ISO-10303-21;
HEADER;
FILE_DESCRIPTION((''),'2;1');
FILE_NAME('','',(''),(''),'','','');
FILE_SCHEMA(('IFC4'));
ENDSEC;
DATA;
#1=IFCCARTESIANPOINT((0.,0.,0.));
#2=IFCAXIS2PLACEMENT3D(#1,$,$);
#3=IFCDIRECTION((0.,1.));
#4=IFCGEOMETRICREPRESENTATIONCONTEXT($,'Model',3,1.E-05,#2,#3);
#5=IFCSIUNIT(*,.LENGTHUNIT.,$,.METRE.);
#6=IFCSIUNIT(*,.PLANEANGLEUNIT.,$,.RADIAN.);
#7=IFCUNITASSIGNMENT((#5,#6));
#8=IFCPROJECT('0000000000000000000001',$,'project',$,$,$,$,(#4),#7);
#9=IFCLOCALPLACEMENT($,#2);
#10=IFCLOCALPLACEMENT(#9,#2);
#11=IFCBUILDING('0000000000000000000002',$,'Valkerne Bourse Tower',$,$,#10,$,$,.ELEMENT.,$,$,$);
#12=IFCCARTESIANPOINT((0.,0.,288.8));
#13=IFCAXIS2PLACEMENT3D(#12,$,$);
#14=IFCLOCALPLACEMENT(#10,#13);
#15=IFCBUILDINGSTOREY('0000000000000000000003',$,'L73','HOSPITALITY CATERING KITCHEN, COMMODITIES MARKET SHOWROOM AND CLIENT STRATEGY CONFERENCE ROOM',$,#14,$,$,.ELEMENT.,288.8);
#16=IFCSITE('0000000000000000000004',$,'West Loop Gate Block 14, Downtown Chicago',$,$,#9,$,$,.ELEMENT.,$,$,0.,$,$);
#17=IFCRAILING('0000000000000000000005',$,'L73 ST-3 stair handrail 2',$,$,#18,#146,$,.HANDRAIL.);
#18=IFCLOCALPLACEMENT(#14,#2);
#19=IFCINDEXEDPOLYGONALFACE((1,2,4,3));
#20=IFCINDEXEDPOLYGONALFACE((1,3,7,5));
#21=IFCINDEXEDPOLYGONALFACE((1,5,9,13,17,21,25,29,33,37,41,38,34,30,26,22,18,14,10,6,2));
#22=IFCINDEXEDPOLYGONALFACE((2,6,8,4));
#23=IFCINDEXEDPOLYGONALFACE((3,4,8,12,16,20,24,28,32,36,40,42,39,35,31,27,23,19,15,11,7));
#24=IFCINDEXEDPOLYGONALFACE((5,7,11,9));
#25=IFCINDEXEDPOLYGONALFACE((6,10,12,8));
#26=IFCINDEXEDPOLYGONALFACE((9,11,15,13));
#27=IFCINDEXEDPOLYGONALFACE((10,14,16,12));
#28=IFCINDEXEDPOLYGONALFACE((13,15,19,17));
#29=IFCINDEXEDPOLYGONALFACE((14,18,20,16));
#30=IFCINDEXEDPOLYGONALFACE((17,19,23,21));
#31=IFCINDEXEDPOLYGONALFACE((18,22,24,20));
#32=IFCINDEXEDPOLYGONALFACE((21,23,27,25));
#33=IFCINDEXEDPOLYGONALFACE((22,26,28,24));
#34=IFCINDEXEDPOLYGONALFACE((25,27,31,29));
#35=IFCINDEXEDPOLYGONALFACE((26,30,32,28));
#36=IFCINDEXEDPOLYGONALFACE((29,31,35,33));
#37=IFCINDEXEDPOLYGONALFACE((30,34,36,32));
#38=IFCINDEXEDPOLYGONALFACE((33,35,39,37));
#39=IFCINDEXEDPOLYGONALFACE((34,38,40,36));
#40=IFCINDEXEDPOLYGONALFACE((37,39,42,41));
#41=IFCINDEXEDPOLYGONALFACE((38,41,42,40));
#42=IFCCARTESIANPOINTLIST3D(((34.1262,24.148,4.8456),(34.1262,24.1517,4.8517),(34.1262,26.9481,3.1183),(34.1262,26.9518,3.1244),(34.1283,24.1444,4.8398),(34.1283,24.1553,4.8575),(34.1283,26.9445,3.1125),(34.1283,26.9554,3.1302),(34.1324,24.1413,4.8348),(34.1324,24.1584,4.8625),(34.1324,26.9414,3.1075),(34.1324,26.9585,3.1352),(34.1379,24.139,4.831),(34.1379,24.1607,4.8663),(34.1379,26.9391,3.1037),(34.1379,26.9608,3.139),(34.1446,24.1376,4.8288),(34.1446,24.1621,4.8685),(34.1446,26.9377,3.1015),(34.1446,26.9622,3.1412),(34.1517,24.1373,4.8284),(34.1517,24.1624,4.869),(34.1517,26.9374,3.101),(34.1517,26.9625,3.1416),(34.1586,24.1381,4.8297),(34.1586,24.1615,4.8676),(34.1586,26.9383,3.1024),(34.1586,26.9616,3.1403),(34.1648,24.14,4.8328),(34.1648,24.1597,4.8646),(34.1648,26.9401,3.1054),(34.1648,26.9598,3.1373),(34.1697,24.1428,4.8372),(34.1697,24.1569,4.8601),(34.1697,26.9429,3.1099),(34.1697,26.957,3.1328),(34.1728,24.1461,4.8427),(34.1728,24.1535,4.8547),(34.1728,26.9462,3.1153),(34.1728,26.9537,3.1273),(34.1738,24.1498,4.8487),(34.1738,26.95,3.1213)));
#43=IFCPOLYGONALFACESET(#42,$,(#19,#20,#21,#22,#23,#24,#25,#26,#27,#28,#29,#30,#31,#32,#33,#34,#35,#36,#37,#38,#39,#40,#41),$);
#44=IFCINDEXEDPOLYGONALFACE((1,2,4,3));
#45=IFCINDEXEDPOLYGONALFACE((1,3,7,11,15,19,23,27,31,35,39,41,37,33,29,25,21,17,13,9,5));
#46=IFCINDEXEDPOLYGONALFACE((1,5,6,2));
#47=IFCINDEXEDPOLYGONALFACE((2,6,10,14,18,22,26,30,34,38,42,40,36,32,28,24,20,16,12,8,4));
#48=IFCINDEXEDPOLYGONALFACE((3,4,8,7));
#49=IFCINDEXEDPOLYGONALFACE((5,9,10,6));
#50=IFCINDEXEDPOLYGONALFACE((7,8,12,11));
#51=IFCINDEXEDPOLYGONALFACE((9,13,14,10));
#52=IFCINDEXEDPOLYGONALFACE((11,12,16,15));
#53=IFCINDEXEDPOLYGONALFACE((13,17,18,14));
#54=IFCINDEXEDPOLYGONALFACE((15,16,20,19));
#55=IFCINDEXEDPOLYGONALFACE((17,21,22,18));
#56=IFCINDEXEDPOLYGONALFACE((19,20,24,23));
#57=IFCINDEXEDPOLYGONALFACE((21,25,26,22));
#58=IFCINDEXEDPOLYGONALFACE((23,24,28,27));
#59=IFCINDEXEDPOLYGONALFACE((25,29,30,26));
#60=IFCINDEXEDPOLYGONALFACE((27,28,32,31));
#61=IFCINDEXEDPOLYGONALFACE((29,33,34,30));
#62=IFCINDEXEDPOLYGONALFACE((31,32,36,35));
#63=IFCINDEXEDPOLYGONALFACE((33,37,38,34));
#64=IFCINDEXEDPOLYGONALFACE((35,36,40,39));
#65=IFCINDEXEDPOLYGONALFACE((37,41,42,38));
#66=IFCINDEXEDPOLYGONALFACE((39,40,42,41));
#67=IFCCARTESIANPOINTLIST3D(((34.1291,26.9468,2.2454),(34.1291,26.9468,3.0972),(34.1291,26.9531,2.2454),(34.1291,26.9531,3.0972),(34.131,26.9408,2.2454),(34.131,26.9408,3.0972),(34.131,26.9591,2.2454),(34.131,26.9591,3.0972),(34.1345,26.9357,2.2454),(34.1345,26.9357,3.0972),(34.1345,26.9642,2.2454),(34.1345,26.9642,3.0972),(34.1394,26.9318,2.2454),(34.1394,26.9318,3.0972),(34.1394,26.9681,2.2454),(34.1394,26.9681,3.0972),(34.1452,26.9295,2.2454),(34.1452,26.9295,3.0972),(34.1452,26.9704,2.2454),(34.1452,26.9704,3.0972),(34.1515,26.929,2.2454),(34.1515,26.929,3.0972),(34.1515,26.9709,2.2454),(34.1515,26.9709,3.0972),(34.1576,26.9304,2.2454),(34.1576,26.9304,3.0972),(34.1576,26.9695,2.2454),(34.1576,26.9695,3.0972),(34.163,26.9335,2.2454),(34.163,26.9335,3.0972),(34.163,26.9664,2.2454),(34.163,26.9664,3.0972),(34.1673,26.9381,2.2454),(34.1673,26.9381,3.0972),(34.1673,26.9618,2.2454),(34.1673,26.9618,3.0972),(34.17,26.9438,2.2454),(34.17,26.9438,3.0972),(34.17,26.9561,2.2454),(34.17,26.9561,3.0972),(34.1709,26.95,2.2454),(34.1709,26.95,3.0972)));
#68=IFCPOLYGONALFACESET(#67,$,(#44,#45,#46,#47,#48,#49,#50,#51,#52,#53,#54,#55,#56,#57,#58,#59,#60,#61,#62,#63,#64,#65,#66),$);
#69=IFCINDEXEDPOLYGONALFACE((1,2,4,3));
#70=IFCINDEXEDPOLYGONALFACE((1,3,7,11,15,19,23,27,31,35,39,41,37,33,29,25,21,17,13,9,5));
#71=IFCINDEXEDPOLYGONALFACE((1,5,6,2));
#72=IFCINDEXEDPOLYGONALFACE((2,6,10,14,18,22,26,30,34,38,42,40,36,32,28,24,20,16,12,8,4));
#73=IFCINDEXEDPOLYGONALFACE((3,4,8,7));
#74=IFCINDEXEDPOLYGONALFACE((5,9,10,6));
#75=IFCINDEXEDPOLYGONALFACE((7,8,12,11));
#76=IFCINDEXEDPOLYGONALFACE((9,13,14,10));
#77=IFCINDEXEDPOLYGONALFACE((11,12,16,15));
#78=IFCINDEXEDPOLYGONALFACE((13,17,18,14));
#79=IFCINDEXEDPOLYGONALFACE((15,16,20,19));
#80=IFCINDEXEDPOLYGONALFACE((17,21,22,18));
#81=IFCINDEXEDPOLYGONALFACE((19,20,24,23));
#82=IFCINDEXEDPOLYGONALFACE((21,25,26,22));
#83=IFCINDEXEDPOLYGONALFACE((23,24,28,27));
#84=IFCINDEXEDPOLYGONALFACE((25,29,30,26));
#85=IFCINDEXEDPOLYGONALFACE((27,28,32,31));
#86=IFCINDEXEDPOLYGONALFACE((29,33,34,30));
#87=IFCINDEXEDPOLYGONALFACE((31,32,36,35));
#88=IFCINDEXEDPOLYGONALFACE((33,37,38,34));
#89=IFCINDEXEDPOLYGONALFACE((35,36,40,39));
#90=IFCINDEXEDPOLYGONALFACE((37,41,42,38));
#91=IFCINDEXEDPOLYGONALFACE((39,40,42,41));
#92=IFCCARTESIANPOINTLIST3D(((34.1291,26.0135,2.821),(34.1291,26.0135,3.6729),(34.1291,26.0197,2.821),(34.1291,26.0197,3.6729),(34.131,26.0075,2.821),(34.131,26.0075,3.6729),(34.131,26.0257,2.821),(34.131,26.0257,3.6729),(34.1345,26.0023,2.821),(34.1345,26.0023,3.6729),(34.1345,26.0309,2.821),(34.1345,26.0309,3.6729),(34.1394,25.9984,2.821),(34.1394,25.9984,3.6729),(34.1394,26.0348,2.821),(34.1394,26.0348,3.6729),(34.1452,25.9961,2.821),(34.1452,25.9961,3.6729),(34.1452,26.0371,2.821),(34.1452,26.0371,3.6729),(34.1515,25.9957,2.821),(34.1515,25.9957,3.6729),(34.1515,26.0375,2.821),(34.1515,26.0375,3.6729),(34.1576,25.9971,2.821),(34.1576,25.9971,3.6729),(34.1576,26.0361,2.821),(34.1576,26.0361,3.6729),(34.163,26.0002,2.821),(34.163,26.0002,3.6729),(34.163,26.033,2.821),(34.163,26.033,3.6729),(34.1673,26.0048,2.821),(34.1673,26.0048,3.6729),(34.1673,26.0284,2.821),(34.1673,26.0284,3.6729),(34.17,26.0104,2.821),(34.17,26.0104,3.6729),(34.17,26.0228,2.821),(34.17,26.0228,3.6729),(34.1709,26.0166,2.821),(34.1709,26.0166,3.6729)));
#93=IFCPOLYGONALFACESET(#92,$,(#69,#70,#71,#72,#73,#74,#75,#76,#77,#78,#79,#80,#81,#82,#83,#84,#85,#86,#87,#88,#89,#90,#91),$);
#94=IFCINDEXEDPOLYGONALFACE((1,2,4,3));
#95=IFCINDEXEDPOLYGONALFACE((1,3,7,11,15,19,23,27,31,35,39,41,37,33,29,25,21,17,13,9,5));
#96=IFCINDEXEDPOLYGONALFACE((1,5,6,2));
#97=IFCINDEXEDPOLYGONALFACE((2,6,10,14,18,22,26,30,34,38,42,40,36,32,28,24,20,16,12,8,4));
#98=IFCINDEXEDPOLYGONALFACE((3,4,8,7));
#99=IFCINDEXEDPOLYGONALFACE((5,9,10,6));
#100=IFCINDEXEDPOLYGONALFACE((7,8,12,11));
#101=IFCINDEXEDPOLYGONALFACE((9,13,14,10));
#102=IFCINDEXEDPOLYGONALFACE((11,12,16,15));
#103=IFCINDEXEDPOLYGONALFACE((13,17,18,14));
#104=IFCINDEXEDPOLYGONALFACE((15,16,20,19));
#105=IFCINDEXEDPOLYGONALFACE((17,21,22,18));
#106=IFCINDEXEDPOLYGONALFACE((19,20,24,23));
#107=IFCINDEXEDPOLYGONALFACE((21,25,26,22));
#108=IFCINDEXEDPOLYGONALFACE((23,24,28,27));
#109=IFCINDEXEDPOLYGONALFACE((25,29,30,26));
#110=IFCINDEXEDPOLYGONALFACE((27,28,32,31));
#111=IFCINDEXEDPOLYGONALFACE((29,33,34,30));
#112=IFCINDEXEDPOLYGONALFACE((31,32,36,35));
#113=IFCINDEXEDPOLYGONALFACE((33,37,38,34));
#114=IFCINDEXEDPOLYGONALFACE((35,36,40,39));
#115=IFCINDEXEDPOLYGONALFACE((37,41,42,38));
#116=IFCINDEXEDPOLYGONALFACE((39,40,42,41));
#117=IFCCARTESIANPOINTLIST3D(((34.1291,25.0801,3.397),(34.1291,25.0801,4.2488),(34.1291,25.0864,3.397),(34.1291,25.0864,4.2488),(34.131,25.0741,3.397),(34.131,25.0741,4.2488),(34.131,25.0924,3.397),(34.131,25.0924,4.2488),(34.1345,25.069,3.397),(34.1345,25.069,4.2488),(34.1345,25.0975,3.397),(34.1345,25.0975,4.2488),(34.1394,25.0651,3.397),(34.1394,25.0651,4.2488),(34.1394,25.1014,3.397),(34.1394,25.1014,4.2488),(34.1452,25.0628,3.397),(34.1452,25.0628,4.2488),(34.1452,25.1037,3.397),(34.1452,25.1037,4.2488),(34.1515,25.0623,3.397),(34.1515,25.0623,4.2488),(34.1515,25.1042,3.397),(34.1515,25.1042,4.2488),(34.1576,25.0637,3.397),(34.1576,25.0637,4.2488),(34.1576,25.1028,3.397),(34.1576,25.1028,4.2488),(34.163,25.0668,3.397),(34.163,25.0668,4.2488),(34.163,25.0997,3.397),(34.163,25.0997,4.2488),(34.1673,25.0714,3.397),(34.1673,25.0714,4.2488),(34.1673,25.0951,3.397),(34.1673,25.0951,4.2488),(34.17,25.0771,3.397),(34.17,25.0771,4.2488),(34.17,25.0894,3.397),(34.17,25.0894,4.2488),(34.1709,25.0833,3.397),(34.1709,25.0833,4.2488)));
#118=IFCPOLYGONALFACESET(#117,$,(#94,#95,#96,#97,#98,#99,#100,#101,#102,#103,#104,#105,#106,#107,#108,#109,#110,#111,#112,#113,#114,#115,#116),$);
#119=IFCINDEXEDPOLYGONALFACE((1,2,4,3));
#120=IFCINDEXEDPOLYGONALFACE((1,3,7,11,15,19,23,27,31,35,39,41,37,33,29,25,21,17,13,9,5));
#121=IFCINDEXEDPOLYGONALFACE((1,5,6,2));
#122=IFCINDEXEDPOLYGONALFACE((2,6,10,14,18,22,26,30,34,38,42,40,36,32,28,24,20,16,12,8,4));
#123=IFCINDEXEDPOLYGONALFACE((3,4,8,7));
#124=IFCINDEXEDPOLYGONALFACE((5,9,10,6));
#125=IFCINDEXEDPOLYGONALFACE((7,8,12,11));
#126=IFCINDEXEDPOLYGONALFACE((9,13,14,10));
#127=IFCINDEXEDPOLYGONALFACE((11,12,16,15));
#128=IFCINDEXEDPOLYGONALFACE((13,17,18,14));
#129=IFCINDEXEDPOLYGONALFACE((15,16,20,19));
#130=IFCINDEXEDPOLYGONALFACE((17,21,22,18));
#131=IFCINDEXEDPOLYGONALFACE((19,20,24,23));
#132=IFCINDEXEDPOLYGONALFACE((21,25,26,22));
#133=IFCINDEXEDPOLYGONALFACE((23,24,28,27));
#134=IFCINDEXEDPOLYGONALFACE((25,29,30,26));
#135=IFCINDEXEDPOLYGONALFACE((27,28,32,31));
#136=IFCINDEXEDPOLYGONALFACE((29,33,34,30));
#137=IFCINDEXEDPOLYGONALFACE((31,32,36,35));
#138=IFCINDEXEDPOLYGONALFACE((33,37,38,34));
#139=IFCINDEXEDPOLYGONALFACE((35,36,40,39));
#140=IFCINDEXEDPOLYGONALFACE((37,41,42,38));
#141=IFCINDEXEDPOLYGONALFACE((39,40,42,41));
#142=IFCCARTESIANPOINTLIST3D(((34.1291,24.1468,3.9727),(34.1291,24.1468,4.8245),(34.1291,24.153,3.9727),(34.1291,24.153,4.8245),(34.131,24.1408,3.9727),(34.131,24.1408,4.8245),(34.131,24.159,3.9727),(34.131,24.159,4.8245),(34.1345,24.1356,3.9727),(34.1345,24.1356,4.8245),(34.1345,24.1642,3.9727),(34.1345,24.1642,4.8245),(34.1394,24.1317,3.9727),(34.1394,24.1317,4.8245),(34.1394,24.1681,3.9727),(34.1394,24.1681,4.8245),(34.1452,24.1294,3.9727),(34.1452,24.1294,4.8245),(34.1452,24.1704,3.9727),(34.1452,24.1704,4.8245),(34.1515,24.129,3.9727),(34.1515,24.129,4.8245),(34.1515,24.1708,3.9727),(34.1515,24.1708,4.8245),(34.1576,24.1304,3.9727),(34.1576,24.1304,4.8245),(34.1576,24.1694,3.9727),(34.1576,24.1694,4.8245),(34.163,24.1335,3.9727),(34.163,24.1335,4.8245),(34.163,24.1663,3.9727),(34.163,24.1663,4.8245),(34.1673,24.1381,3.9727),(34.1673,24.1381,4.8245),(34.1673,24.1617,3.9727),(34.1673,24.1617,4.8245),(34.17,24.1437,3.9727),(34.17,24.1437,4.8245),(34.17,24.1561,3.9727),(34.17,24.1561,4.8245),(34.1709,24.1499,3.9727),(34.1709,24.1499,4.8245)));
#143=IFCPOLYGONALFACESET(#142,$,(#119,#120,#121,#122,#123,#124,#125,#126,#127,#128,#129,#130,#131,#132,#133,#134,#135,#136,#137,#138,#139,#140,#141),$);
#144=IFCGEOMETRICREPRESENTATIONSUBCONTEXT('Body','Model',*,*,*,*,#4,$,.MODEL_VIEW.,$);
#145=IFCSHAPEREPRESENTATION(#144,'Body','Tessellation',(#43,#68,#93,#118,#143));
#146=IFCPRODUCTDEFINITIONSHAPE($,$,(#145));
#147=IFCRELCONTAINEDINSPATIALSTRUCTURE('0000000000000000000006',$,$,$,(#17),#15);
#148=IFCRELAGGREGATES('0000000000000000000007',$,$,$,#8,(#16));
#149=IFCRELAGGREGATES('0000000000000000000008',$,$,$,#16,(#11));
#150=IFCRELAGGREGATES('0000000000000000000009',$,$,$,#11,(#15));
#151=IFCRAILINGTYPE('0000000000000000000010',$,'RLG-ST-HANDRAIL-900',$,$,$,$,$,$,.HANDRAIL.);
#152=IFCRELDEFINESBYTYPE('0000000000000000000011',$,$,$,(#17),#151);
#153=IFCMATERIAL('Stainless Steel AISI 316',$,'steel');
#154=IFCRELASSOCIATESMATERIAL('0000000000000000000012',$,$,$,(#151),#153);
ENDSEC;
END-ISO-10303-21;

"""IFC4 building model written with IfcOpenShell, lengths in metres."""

from ifc_helpers import new_model, si_unit, direction, frame, origin, origin_2d, place, context, subcontext, project, spatial, circle, extrude, material, type_object, element, save


model = new_model("IFC4")

# Units and contexts
model_context = context("Model", 3, precision=1e-05, world=origin(), true_north=direction((0.0, 1.0)))
body_context = subcontext(model_context, "Body", "Model", "MODEL_VIEW")
ifc_project = project(units=[si_unit("LENGTHUNIT", "METRE"), si_unit("PLANEANGLEUNIT", "RADIAN")], contexts=[model_context])

# Site, building, storey
site_placement = place(None, origin())
site = spatial("IfcSite", under=ifc_project, at=site_placement, Name="West Loop Gate Block 14, Downtown Chicago", CompositionType="ELEMENT", RefElevation=0.0)
building_placement = place(site_placement, origin())
building = spatial("IfcBuilding", under=site, at=building_placement, Name="Valkerne Bourse Tower", CompositionType="ELEMENT")
storey_placement = place(building_placement, frame((0.0, 0.0, 288.8)))
storey = spatial("IfcBuildingStorey", under=building, at=storey_placement, Name="L73", Description="HOSPITALITY CATERING KITCHEN, COMMODITIES MARKET SHOWROOM AND CLIENT STRATEGY CONFERENCE ROOM", CompositionType="ELEMENT", Elevation=288.8)

# Shared definitions
ifc_material_1 = material(Name="Stainless Steel AISI 316", Category="steel")

# Railing
railing_type_1 = type_object("IfcRailingType", Name="RLG-ST-HANDRAIL-900", PredefinedType="HANDRAIL", material=ifc_material_1)
railing_1_placement = place(storey_placement, frame((34.1499, 26.95, 2.2454)))
element("IfcRailing", 1, at=railing_1_placement, inside=storey, type_object=railing_type_1, Name="L73 ST-3 stair handrail 2", PredefinedType="HANDRAIL", context=body_context, shape_type="SweptSolid", body=[
    extrude(circle(Radius=0.0239, at=origin_2d()), frame((0.0, 0.0, 0.876), z_axis=(0.0, -0.85109, 0.52502), x_axis=(1.0, 0.0, 0.0)), (0.0, 0.0, 1.0), 3.29),
    extrude(circle(Radius=0.021, at=origin_2d()), origin(), (0.0, 0.0, 1.0), 0.8518),
    extrude(circle(Radius=0.021, at=origin_2d()), frame((0.0, -0.9333, 0.5757)), (0.0, 0.0, 1.0), 0.8518),
    extrude(circle(Radius=0.021, at=origin_2d()), frame((0.0, -1.8667, 1.1516)), (0.0, 0.0, 1.0), 0.8518),
    extrude(circle(Radius=0.021, at=origin_2d()), frame((0.0, -2.8, 1.7273)), (0.0, 0.0, 1.0), 0.8518),
])

save(model, "model.ifc")
